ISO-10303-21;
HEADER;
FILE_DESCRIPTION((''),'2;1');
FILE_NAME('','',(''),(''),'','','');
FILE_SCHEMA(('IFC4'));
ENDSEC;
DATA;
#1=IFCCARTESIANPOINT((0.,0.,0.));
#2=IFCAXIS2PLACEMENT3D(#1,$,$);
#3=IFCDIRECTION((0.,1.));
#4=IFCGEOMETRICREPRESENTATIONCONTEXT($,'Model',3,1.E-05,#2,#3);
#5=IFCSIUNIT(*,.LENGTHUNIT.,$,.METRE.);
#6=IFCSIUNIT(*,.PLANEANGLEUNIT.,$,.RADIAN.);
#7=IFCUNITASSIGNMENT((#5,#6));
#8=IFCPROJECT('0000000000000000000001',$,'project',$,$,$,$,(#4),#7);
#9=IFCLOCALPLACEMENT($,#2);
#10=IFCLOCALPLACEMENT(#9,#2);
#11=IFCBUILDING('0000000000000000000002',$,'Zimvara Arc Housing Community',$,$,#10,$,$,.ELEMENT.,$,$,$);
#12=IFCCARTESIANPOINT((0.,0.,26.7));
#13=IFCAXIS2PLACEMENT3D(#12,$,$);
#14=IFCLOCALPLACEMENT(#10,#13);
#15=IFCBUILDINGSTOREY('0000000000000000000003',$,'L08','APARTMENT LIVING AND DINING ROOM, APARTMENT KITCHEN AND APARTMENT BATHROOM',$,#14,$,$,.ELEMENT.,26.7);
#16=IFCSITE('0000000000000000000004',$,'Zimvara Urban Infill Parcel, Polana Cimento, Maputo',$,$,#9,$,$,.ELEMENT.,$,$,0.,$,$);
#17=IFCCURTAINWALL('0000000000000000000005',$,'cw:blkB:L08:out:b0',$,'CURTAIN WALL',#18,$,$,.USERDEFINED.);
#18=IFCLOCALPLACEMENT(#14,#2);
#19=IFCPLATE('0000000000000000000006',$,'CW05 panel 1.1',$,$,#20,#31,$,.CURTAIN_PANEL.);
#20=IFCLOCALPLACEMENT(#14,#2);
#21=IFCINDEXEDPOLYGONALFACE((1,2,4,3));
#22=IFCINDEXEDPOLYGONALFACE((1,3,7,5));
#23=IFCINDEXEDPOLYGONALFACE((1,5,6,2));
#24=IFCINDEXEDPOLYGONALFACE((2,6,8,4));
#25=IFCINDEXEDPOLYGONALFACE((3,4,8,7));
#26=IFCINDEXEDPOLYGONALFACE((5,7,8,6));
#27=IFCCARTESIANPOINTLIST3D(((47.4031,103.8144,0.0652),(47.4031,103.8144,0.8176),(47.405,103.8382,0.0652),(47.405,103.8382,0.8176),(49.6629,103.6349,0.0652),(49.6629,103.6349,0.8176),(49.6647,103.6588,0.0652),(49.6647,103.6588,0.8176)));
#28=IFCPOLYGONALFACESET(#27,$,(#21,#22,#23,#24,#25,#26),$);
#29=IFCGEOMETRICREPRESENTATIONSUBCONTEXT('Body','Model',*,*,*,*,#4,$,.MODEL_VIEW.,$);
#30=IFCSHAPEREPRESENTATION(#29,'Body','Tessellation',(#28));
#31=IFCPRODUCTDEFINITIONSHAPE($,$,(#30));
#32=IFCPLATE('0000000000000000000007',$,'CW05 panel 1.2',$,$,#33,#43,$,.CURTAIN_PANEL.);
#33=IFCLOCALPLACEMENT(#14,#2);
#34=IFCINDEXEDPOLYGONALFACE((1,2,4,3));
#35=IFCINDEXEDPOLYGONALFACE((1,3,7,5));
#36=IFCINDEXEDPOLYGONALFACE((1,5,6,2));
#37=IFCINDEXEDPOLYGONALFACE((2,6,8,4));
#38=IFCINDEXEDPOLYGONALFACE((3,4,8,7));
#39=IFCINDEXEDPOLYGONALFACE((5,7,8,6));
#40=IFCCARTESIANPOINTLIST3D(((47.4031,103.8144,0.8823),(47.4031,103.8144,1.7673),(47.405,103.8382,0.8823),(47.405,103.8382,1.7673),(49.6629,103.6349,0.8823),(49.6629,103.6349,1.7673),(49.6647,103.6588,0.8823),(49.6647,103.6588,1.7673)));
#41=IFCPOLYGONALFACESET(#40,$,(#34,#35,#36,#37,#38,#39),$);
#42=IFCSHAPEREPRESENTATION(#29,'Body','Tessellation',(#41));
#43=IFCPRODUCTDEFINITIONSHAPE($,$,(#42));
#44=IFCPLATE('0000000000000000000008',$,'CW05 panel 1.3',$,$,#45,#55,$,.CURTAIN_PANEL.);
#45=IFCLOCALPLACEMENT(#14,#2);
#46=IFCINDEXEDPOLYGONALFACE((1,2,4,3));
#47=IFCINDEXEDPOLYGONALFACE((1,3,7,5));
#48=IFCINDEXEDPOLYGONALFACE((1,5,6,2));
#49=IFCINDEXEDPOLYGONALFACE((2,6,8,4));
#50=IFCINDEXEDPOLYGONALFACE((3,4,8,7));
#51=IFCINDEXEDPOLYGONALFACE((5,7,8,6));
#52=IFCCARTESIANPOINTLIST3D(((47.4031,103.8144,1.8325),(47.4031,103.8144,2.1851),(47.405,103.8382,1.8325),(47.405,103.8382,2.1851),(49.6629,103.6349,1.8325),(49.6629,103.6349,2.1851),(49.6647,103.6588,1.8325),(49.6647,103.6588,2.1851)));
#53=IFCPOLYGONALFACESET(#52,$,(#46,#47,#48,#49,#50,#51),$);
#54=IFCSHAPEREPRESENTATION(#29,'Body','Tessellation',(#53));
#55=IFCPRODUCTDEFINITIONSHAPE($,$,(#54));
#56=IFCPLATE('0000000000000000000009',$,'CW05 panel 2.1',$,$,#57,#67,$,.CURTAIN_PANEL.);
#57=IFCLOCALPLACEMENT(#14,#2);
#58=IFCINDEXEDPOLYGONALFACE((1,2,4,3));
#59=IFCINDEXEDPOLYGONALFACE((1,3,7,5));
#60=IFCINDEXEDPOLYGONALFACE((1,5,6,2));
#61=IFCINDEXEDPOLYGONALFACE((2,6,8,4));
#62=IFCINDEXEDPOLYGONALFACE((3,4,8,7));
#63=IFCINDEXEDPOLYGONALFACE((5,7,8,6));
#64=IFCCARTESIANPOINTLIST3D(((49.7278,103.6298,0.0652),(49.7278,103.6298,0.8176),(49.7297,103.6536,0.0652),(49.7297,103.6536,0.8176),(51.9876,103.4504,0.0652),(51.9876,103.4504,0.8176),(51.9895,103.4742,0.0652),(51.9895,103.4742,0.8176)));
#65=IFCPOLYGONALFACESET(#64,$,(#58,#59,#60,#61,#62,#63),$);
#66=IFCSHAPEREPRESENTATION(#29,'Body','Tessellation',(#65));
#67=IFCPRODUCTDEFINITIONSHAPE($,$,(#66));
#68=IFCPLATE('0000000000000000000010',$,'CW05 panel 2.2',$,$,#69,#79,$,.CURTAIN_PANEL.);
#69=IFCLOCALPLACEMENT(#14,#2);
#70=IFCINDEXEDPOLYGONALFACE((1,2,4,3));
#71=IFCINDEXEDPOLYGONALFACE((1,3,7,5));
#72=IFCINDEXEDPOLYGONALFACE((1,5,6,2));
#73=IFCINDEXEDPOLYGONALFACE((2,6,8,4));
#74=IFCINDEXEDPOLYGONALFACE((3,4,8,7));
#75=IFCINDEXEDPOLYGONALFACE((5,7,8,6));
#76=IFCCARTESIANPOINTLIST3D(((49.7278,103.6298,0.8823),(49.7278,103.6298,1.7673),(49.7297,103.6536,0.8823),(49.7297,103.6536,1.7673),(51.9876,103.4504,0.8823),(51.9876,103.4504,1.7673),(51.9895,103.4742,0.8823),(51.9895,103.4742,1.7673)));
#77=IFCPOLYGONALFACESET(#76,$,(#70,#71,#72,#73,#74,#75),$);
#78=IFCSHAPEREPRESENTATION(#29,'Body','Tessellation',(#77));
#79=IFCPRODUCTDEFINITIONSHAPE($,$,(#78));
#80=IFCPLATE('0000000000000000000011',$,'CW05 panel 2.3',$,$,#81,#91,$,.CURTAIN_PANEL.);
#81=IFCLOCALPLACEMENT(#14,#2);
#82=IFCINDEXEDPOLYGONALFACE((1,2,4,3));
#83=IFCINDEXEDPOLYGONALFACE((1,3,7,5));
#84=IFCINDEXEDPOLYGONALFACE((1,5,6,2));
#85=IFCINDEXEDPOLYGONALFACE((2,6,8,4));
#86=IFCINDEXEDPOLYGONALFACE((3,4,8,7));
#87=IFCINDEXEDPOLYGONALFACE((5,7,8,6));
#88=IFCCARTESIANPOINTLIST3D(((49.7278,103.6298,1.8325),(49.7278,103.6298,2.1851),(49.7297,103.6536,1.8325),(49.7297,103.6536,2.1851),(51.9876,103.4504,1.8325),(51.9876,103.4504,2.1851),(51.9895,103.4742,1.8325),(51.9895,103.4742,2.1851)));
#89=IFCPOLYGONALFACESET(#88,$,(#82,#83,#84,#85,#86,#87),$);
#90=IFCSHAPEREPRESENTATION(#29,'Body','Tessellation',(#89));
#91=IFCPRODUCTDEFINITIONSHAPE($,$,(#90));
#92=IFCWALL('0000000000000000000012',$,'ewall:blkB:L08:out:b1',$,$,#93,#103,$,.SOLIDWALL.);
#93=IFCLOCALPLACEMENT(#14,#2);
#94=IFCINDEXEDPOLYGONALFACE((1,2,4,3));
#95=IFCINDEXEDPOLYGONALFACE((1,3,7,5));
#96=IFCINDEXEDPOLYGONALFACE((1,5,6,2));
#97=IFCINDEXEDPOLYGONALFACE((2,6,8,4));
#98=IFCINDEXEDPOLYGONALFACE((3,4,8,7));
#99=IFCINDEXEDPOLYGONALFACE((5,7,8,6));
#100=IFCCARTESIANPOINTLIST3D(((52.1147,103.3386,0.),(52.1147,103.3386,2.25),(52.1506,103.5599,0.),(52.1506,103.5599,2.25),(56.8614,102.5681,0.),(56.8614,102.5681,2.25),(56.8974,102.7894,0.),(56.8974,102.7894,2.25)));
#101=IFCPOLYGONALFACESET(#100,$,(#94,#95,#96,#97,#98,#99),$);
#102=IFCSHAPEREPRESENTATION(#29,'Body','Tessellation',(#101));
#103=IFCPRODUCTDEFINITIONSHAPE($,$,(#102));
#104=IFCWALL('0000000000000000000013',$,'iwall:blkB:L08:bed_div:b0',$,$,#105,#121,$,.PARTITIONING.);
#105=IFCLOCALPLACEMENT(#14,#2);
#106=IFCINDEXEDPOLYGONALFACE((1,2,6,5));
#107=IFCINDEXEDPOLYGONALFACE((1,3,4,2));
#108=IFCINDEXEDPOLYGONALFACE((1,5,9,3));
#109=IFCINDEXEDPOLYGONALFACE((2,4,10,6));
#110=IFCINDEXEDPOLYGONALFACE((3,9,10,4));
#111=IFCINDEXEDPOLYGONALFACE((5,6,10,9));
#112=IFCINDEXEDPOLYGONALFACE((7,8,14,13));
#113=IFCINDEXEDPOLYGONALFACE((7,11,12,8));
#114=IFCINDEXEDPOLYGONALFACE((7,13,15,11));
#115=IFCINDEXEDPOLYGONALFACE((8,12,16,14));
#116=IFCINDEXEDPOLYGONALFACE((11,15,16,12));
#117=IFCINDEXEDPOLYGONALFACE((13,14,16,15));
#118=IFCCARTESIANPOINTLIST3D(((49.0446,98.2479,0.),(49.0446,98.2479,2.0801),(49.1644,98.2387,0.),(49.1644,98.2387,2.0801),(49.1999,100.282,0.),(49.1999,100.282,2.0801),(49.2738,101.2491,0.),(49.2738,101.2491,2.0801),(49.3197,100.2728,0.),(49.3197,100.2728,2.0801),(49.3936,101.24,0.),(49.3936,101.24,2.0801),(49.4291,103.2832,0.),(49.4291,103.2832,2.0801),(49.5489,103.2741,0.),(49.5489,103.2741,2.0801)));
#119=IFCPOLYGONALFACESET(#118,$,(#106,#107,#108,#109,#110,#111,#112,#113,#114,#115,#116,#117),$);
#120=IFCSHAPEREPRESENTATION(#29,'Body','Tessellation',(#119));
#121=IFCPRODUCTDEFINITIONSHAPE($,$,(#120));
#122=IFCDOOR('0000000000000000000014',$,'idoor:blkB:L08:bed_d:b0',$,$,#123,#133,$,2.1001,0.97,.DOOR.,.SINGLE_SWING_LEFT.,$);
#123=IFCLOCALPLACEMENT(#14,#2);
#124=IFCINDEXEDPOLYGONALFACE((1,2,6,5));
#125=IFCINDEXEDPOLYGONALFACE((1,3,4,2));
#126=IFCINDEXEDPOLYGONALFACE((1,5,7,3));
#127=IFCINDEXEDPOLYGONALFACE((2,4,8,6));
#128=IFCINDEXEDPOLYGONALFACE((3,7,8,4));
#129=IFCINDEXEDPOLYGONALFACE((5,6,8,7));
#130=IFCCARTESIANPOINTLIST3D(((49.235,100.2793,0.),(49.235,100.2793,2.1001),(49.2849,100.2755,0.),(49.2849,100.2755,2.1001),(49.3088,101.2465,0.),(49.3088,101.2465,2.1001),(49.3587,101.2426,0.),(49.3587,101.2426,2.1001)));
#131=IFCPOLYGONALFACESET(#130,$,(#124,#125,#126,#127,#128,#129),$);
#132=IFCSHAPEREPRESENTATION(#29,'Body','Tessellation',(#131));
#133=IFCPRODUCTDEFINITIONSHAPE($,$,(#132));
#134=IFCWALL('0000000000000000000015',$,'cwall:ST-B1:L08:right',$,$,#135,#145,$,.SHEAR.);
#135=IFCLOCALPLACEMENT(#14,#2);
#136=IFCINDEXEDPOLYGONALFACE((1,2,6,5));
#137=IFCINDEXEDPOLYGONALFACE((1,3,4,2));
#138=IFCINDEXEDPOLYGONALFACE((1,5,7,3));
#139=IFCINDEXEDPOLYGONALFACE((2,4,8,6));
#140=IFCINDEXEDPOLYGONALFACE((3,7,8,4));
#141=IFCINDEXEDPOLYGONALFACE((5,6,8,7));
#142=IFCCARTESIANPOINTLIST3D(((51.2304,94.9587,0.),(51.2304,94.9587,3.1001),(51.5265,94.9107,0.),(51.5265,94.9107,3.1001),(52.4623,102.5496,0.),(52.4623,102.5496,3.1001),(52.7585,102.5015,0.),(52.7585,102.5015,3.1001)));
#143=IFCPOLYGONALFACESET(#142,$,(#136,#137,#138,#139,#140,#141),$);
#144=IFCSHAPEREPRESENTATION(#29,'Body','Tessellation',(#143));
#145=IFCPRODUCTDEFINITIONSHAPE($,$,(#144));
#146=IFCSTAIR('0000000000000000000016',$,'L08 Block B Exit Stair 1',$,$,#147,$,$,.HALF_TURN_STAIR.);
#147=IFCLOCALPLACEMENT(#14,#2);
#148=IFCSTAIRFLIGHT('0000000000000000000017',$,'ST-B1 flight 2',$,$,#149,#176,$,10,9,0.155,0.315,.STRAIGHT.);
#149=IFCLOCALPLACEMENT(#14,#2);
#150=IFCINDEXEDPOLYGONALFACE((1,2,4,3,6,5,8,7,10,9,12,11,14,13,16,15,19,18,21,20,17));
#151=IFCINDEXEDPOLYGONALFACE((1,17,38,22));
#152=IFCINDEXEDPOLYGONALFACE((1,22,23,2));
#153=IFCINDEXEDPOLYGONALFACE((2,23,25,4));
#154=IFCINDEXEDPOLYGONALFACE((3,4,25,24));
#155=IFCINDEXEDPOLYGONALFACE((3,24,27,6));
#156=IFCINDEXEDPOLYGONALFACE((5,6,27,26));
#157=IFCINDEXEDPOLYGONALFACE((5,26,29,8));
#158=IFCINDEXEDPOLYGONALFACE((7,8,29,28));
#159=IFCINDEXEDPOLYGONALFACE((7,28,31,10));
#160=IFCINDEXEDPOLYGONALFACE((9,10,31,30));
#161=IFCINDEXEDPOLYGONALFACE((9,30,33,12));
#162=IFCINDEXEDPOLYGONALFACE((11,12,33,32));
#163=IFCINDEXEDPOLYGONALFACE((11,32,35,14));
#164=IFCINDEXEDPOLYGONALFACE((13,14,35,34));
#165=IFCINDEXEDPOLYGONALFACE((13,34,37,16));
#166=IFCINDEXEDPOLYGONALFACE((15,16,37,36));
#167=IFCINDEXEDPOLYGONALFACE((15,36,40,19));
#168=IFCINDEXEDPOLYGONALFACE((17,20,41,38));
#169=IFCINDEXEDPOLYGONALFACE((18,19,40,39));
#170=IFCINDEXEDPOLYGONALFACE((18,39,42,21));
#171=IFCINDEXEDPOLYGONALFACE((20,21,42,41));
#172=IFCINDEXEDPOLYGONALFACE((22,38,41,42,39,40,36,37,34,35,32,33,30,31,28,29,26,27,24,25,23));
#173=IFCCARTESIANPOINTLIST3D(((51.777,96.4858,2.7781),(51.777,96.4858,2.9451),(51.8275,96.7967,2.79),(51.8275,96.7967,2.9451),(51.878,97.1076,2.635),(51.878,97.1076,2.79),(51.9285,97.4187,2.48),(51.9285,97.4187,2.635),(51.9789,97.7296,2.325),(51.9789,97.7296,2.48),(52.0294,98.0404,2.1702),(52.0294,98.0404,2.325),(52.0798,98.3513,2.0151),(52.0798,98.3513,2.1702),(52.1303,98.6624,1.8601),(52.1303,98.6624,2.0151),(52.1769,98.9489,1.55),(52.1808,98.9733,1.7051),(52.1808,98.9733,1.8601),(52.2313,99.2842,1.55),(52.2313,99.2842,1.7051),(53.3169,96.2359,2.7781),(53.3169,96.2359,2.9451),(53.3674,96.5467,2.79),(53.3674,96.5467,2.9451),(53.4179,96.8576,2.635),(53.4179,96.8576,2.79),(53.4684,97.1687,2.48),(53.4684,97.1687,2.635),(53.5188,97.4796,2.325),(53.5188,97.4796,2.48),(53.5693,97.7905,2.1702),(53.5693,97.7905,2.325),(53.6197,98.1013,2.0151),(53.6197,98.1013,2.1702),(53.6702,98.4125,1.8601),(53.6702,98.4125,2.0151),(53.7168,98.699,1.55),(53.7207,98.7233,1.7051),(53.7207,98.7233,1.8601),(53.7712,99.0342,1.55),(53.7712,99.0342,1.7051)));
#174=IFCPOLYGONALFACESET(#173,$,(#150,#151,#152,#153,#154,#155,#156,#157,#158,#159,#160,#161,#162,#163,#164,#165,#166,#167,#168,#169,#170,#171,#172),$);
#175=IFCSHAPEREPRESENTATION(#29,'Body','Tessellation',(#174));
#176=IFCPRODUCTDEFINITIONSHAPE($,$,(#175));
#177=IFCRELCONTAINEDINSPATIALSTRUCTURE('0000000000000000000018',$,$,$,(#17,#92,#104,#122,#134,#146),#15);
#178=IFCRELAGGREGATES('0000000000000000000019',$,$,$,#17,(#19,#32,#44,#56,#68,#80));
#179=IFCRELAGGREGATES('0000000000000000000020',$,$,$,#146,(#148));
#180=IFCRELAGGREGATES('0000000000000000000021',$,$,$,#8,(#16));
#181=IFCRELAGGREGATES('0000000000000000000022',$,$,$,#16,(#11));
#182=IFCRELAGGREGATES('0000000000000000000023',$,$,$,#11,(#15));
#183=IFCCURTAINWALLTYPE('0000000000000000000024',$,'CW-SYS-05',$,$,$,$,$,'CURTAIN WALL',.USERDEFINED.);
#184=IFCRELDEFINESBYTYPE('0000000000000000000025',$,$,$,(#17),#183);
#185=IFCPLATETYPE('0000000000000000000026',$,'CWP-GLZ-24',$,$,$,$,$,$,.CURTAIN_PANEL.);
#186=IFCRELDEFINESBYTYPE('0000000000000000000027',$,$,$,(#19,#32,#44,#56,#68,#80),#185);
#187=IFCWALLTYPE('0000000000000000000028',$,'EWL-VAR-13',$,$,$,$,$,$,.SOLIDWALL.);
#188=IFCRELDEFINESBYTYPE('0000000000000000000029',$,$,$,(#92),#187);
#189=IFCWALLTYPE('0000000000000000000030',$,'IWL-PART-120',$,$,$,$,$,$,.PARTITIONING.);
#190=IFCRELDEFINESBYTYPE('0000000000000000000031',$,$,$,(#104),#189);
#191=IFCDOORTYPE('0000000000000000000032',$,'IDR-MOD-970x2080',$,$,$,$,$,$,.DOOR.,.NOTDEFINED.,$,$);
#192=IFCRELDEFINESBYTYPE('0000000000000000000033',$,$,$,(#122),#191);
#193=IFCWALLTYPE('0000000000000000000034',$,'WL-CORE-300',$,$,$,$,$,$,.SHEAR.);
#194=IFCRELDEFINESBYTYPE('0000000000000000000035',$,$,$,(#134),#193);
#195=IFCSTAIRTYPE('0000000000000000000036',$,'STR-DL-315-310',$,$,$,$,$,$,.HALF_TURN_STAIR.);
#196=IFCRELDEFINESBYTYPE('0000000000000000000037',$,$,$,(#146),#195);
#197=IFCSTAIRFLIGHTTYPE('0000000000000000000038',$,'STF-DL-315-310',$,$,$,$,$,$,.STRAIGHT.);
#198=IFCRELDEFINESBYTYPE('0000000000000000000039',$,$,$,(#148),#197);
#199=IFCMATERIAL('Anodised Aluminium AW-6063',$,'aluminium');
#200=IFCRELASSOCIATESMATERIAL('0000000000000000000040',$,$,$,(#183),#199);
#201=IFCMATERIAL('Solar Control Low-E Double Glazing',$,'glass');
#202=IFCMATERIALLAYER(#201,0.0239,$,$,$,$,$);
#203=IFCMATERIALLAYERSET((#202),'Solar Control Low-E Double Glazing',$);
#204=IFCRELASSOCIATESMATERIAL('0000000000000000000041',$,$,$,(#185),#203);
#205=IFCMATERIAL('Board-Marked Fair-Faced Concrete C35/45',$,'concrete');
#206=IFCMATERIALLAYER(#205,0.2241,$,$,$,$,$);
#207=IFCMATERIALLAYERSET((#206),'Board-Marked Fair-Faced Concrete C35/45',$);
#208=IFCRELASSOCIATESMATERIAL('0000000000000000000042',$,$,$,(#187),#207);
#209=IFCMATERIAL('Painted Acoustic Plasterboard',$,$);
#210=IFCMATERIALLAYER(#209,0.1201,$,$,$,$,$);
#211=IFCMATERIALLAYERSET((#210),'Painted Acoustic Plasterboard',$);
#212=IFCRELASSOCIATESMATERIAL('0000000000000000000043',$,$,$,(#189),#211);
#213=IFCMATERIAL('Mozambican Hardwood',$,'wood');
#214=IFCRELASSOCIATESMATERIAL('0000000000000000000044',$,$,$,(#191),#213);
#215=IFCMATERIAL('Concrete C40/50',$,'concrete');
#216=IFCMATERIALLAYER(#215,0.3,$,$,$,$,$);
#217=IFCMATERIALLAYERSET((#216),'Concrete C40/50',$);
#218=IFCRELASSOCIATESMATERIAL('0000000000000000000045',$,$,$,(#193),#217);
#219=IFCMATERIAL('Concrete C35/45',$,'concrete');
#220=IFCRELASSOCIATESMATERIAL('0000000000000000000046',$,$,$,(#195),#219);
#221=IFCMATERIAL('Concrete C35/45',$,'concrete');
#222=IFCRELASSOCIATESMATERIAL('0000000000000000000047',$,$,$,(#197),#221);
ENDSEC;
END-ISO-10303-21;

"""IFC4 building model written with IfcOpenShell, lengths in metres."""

from ifc_helpers import new_model, si_unit, direction, frame, frame_2d, origin, origin_2d, place, context, subcontext, project, spatial, polyline, rectangle, outline, extrude, material, layer, layer_set, type_object, element, fill, aggregate, save


model = new_model("IFC4")

# Units and contexts
model_context = context("Model", 3, precision=1e-05, world=origin(), true_north=direction((0.0, 1.0)))
body_context = subcontext(model_context, "Body", "Model", "MODEL_VIEW")
ifc_project = project(units=[si_unit("LENGTHUNIT", "METRE"), si_unit("PLANEANGLEUNIT", "RADIAN")], contexts=[model_context])

# Site, building, storey
site_placement = place(None, origin())
site = spatial("IfcSite", under=ifc_project, at=site_placement, Name="Zimvara Urban Infill Parcel, Polana Cimento, Maputo", CompositionType="ELEMENT", RefElevation=0.0)
building_placement = place(site_placement, origin())
building = spatial("IfcBuilding", under=site, at=building_placement, Name="Zimvara Arc Housing Community", CompositionType="ELEMENT")
storey_placement = place(building_placement, frame((0.0, 0.0, 26.7)))
storey = spatial("IfcBuildingStorey", under=building, at=storey_placement, Name="L08", Description="APARTMENT LIVING AND DINING ROOM, APARTMENT KITCHEN AND APARTMENT BATHROOM", CompositionType="ELEMENT", Elevation=26.7)

# Curtain wall, plates
ifc_material_1 = material(Name="Anodised Aluminium AW-6063", Category="aluminium")
curtain_wall_type = type_object("IfcCurtainWallType", Name="CW-SYS-05", ElementType="CURTAIN WALL", PredefinedType="USERDEFINED", material=ifc_material_1)
curtain_wall_placement = place(storey_placement, origin())
curtain_wall = element("IfcCurtainWall", 1, at=curtain_wall_placement, inside=storey, type_object=curtain_wall_type, Name="cw:blkB:L08:out:b0", ObjectType="CURTAIN WALL", PredefinedType="USERDEFINED")
ifc_material_2 = material(Name="Solar Control Low-E Double Glazing", Category="glass")
ifc_layer_1 = layer(ifc_material_2, 0.0239)
ifc_layer_set_1 = layer_set([ifc_layer_1], Name="Solar Control Low-E Double Glazing")
plate_type = type_object("IfcPlateType", Name="CWP-GLZ-24", PredefinedType="CURTAIN_PANEL", material=ifc_layer_set_1)
plate_1_placement = place(storey_placement, frame((48.5339, 103.7366, 0.0652), z_axis=(0.0, 0.0, 1.0), x_axis=(0.996862, -0.079154, 0.0)))
plate_1 = element("IfcPlate", 2, at=plate_1_placement, type_object=plate_type, Name="CW05 panel 1.1", PredefinedType="CURTAIN_PANEL", context=body_context, shape_type="SweptSolid", body=[
    extrude(rectangle(XDim=2.2668, YDim=0.0239, at=origin_2d()), origin(), (0.0, 0.0, 1.0), 0.7524),
])
plate_2_placement = place(storey_placement, frame((48.5339, 103.7366, 0.8823), z_axis=(0.0, 0.0, 1.0), x_axis=(0.996862, -0.079154, 0.0)))
plate_2 = element("IfcPlate", 3, at=plate_2_placement, type_object=plate_type, Name="CW05 panel 1.2", PredefinedType="CURTAIN_PANEL", context=body_context, shape_type="SweptSolid", body=[
    extrude(rectangle(XDim=2.2668, YDim=0.0239, at=origin_2d()), origin(), (0.0, 0.0, 1.0), 0.885),
])
plate_3_placement = place(storey_placement, frame((48.5339, 103.7366, 1.8325), z_axis=(0.0, 0.0, 1.0), x_axis=(0.996862, -0.079154, 0.0)))
plate_3 = element("IfcPlate", 4, at=plate_3_placement, type_object=plate_type, Name="CW05 panel 1.3", PredefinedType="CURTAIN_PANEL", context=body_context, shape_type="SweptSolid", body=[
    extrude(rectangle(XDim=2.2668, YDim=0.0239, at=origin_2d()), origin(), (0.0, 0.0, 1.0), 0.3525),
])
plate_4_placement = place(storey_placement, frame((50.8586, 103.552, 0.0652), z_axis=(0.0, 0.0, 1.0), x_axis=(0.996862, -0.079154, 0.0)))
plate_4 = element("IfcPlate", 5, at=plate_4_placement, type_object=plate_type, Name="CW05 panel 2.1", PredefinedType="CURTAIN_PANEL", context=body_context, shape_type="SweptSolid", body=[
    extrude(rectangle(XDim=2.2668, YDim=0.0239, at=origin_2d()), origin(), (0.0, 0.0, 1.0), 0.7524),
])
plate_5_placement = place(storey_placement, frame((50.8586, 103.552, 0.8823), z_axis=(0.0, 0.0, 1.0), x_axis=(0.996862, -0.079154, 0.0)))
plate_5 = element("IfcPlate", 6, at=plate_5_placement, type_object=plate_type, Name="CW05 panel 2.2", PredefinedType="CURTAIN_PANEL", context=body_context, shape_type="SweptSolid", body=[
    extrude(rectangle(XDim=2.2668, YDim=0.0239, at=origin_2d()), origin(), (0.0, 0.0, 1.0), 0.885),
])
plate_6_placement = place(storey_placement, frame((50.8586, 103.552, 1.8325), z_axis=(0.0, 0.0, 1.0), x_axis=(0.996862, -0.079154, 0.0)))
plate_6 = element("IfcPlate", 7, at=plate_6_placement, type_object=plate_type, Name="CW05 panel 2.3", PredefinedType="CURTAIN_PANEL", context=body_context, shape_type="SweptSolid", body=[
    extrude(rectangle(XDim=2.2668, YDim=0.0239, at=origin_2d()), origin(), (0.0, 0.0, 1.0), 0.3525),
])
aggregate(curtain_wall, [plate_1, plate_2, plate_3, plate_4, plate_5, plate_6])

# Wall
ifc_material_3 = material(Name="Board-Marked Fair-Faced Concrete C35/45", Category="concrete")
ifc_layer_2 = layer(ifc_material_3, 0.2241)
ifc_layer_set_2 = layer_set([ifc_layer_2], Name="Board-Marked Fair-Faced Concrete C35/45")
wall_type_1 = type_object("IfcWallType", Name="EWL-VAR-13", PredefinedType="SOLIDWALL", material=ifc_layer_set_2)
wall_1_placement = place(storey_placement, frame((52.1328, 103.4492, 0.0), z_axis=(0.0, 0.0, 1.0), x_axis=(0.987081, -0.160224, 0.0)))
element("IfcWall", 8, at=wall_1_placement, inside=storey, type_object=wall_type_1, Name="ewall:blkB:L08:out:b1", PredefinedType="SOLIDWALL", context=body_context, shape_type="SweptSolid", body=[
    extrude(rectangle(XDim=4.8088, YDim=0.2241, at=frame_2d((2.4043, 0.0))), origin(), (0.0, 0.0, 1.0), 2.25),
])

# Wall, opening, door
ifc_material_4 = material(Name="Painted Acoustic Plasterboard")
ifc_layer_3 = layer(ifc_material_4, 0.1201)
ifc_layer_set_3 = layer_set([ifc_layer_3], Name="Painted Acoustic Plasterboard")
wall_type_2 = type_object("IfcWallType", Name="IWL-PART-120", PredefinedType="PARTITIONING", material=ifc_layer_set_3)
wall_2_placement = place(storey_placement, frame((49.1045, 98.2434, 0.0), z_axis=(0.0, 0.0, 1.0), x_axis=(0.076142, 0.997097, 0.0)))
wall_2 = element("IfcWall", 9, at=wall_2_placement, inside=storey, type_object=wall_type_2, Name="iwall:blkB:L08:bed_div:b0", PredefinedType="PARTITIONING", context=body_context, shape_type="SweptSolid", body=[
    extrude(rectangle(XDim=5.05, YDim=0.1201, at=frame_2d((2.5249, 0.0))), origin(), (0.0, 0.0, 1.0), 2.0801),
])
opening_placement = place(wall_2_placement, frame((2.04, 0.0, 0.0)))
opening = element("IfcOpeningElement", 10, at=opening_placement, cuts=wall_2, PredefinedType="OPENING", context=body_context, shape_type="SweptSolid", body=[
    extrude(rectangle(XDim=0.97, YDim=2.1001, at=frame_2d((0.4849, 1.05))), frame((0.0, 0.0701, 0.0), z_axis=(0.0, -1.0, 0.0), x_axis=(1.0, 0.0, 0.0)), (0.0, 0.0, 1.0), 0.1401),
])
ifc_material_5 = material(Name="Mozambican Hardwood", Category="wood")
door_type = type_object("IfcDoorType", Name="IDR-MOD-970x2080", OperationType="NOTDEFINED", PredefinedType="DOOR", material=ifc_material_5)
door_placement = place(opening_placement, origin())
door = element("IfcDoor", 11, at=door_placement, inside=storey, type_object=door_type, Name="idoor:blkB:L08:bed_d:b0", OperationType="SINGLE_SWING_LEFT", OverallHeight=2.1001, OverallWidth=0.97, PredefinedType="DOOR", context=body_context, shape_type="SweptSolid", body=[
    extrude(rectangle(XDim=0.97, YDim=2.1001, at=frame_2d((0.4849, 1.05))), frame((0.0, 0.0249, 0.0), z_axis=(0.0, -1.0, 0.0), x_axis=(1.0, 0.0, 0.0)), (0.0, 0.0, 1.0), 0.05),
])
fill(opening, door)

# Wall
ifc_material_6 = material(Name="Concrete C40/50", Category="concrete")
ifc_layer_4 = layer(ifc_material_6, 0.3)
ifc_layer_set_4 = layer_set([ifc_layer_4], Name="Concrete C40/50")
wall_type_3 = type_object("IfcWallType", Name="WL-CORE-300", PredefinedType="SHEAR", material=ifc_layer_set_4)
wall_3_placement = place(storey_placement, frame((51.3784, 94.9346, 0.0), z_axis=(0.0, 0.0, 1.0), x_axis=(0.160197, 0.987085, 0.0)))
element("IfcWall", 12, at=wall_3_placement, inside=storey, type_object=wall_type_3, Name="cwall:ST-B1:L08:right", PredefinedType="SHEAR", context=body_context, shape_type="SweptSolid", body=[
    extrude(rectangle(XDim=7.6902, YDim=0.3, at=frame_2d((3.8452, 0.0))), origin(), (0.0, 0.0, 1.0), 3.1001),
])

# Stair, stair flight
ifc_material_7 = material(Name="Concrete C35/45", Category="concrete")
stair_type = type_object("IfcStairType", Name="STR-DL-315-310", PredefinedType="HALF_TURN_STAIR", material=ifc_material_7)
stair_placement = place(storey_placement, origin())
stair = element("IfcStair", 13, at=stair_placement, inside=storey, type_object=stair_type, Name="L08 Block B Exit Stair 1", PredefinedType="HALF_TURN_STAIR")
ifc_material_8 = material(Name="Concrete C35/45", Category="concrete")
stair_flight_type = type_object("IfcStairFlightType", Name="STF-DL-315-310", PredefinedType="STRAIGHT", material=ifc_material_8)
stair_flight_placement = place(storey_placement, frame((53.0012, 99.1592, 1.55), z_axis=(0.0, 0.0, 1.0), x_axis=(-0.160226, -0.98708, 0.0)))
stair_flight = element("IfcStairFlight", 14, at=stair_flight_placement, type_object=stair_flight_type, Name="ST-B1 flight 2", NumberOfRisers=10, NumberOfTreads=9, PredefinedType="STRAIGHT", RiserHeight=0.155, TreadLength=0.315, context=body_context, shape_type="SweptSolid", body=[
    extrude(outline(polyline([(0.0, 0.0), (0.0, 0.155), (0.3149, 0.155), (0.3149, 0.3101), (0.6299, 0.3101), (0.6299, 0.4651), (0.9451, 0.4651), (0.9451, 0.6201), (1.26, 0.6201), (1.26, 0.7749), (1.575, 0.7749), (1.575, 0.9299), (1.8899, 0.9299), (1.8899, 1.085), (2.2051, 1.085), (2.2051, 1.24), (2.52, 1.24), (2.52, 1.395), (2.835, 1.395), (2.835, 1.55), (2.835, 1.228), (0.3396, 0.0), (0.0, 0.0)])), frame((0.0, 0.78, 0.0), z_axis=(0.0, -1.0, 0.0), x_axis=(1.0, 0.0, 0.0)), (0.0, 0.0, 1.0), 1.5601),
])
aggregate(stair, [stair_flight])

save(model, "model.ifc")
